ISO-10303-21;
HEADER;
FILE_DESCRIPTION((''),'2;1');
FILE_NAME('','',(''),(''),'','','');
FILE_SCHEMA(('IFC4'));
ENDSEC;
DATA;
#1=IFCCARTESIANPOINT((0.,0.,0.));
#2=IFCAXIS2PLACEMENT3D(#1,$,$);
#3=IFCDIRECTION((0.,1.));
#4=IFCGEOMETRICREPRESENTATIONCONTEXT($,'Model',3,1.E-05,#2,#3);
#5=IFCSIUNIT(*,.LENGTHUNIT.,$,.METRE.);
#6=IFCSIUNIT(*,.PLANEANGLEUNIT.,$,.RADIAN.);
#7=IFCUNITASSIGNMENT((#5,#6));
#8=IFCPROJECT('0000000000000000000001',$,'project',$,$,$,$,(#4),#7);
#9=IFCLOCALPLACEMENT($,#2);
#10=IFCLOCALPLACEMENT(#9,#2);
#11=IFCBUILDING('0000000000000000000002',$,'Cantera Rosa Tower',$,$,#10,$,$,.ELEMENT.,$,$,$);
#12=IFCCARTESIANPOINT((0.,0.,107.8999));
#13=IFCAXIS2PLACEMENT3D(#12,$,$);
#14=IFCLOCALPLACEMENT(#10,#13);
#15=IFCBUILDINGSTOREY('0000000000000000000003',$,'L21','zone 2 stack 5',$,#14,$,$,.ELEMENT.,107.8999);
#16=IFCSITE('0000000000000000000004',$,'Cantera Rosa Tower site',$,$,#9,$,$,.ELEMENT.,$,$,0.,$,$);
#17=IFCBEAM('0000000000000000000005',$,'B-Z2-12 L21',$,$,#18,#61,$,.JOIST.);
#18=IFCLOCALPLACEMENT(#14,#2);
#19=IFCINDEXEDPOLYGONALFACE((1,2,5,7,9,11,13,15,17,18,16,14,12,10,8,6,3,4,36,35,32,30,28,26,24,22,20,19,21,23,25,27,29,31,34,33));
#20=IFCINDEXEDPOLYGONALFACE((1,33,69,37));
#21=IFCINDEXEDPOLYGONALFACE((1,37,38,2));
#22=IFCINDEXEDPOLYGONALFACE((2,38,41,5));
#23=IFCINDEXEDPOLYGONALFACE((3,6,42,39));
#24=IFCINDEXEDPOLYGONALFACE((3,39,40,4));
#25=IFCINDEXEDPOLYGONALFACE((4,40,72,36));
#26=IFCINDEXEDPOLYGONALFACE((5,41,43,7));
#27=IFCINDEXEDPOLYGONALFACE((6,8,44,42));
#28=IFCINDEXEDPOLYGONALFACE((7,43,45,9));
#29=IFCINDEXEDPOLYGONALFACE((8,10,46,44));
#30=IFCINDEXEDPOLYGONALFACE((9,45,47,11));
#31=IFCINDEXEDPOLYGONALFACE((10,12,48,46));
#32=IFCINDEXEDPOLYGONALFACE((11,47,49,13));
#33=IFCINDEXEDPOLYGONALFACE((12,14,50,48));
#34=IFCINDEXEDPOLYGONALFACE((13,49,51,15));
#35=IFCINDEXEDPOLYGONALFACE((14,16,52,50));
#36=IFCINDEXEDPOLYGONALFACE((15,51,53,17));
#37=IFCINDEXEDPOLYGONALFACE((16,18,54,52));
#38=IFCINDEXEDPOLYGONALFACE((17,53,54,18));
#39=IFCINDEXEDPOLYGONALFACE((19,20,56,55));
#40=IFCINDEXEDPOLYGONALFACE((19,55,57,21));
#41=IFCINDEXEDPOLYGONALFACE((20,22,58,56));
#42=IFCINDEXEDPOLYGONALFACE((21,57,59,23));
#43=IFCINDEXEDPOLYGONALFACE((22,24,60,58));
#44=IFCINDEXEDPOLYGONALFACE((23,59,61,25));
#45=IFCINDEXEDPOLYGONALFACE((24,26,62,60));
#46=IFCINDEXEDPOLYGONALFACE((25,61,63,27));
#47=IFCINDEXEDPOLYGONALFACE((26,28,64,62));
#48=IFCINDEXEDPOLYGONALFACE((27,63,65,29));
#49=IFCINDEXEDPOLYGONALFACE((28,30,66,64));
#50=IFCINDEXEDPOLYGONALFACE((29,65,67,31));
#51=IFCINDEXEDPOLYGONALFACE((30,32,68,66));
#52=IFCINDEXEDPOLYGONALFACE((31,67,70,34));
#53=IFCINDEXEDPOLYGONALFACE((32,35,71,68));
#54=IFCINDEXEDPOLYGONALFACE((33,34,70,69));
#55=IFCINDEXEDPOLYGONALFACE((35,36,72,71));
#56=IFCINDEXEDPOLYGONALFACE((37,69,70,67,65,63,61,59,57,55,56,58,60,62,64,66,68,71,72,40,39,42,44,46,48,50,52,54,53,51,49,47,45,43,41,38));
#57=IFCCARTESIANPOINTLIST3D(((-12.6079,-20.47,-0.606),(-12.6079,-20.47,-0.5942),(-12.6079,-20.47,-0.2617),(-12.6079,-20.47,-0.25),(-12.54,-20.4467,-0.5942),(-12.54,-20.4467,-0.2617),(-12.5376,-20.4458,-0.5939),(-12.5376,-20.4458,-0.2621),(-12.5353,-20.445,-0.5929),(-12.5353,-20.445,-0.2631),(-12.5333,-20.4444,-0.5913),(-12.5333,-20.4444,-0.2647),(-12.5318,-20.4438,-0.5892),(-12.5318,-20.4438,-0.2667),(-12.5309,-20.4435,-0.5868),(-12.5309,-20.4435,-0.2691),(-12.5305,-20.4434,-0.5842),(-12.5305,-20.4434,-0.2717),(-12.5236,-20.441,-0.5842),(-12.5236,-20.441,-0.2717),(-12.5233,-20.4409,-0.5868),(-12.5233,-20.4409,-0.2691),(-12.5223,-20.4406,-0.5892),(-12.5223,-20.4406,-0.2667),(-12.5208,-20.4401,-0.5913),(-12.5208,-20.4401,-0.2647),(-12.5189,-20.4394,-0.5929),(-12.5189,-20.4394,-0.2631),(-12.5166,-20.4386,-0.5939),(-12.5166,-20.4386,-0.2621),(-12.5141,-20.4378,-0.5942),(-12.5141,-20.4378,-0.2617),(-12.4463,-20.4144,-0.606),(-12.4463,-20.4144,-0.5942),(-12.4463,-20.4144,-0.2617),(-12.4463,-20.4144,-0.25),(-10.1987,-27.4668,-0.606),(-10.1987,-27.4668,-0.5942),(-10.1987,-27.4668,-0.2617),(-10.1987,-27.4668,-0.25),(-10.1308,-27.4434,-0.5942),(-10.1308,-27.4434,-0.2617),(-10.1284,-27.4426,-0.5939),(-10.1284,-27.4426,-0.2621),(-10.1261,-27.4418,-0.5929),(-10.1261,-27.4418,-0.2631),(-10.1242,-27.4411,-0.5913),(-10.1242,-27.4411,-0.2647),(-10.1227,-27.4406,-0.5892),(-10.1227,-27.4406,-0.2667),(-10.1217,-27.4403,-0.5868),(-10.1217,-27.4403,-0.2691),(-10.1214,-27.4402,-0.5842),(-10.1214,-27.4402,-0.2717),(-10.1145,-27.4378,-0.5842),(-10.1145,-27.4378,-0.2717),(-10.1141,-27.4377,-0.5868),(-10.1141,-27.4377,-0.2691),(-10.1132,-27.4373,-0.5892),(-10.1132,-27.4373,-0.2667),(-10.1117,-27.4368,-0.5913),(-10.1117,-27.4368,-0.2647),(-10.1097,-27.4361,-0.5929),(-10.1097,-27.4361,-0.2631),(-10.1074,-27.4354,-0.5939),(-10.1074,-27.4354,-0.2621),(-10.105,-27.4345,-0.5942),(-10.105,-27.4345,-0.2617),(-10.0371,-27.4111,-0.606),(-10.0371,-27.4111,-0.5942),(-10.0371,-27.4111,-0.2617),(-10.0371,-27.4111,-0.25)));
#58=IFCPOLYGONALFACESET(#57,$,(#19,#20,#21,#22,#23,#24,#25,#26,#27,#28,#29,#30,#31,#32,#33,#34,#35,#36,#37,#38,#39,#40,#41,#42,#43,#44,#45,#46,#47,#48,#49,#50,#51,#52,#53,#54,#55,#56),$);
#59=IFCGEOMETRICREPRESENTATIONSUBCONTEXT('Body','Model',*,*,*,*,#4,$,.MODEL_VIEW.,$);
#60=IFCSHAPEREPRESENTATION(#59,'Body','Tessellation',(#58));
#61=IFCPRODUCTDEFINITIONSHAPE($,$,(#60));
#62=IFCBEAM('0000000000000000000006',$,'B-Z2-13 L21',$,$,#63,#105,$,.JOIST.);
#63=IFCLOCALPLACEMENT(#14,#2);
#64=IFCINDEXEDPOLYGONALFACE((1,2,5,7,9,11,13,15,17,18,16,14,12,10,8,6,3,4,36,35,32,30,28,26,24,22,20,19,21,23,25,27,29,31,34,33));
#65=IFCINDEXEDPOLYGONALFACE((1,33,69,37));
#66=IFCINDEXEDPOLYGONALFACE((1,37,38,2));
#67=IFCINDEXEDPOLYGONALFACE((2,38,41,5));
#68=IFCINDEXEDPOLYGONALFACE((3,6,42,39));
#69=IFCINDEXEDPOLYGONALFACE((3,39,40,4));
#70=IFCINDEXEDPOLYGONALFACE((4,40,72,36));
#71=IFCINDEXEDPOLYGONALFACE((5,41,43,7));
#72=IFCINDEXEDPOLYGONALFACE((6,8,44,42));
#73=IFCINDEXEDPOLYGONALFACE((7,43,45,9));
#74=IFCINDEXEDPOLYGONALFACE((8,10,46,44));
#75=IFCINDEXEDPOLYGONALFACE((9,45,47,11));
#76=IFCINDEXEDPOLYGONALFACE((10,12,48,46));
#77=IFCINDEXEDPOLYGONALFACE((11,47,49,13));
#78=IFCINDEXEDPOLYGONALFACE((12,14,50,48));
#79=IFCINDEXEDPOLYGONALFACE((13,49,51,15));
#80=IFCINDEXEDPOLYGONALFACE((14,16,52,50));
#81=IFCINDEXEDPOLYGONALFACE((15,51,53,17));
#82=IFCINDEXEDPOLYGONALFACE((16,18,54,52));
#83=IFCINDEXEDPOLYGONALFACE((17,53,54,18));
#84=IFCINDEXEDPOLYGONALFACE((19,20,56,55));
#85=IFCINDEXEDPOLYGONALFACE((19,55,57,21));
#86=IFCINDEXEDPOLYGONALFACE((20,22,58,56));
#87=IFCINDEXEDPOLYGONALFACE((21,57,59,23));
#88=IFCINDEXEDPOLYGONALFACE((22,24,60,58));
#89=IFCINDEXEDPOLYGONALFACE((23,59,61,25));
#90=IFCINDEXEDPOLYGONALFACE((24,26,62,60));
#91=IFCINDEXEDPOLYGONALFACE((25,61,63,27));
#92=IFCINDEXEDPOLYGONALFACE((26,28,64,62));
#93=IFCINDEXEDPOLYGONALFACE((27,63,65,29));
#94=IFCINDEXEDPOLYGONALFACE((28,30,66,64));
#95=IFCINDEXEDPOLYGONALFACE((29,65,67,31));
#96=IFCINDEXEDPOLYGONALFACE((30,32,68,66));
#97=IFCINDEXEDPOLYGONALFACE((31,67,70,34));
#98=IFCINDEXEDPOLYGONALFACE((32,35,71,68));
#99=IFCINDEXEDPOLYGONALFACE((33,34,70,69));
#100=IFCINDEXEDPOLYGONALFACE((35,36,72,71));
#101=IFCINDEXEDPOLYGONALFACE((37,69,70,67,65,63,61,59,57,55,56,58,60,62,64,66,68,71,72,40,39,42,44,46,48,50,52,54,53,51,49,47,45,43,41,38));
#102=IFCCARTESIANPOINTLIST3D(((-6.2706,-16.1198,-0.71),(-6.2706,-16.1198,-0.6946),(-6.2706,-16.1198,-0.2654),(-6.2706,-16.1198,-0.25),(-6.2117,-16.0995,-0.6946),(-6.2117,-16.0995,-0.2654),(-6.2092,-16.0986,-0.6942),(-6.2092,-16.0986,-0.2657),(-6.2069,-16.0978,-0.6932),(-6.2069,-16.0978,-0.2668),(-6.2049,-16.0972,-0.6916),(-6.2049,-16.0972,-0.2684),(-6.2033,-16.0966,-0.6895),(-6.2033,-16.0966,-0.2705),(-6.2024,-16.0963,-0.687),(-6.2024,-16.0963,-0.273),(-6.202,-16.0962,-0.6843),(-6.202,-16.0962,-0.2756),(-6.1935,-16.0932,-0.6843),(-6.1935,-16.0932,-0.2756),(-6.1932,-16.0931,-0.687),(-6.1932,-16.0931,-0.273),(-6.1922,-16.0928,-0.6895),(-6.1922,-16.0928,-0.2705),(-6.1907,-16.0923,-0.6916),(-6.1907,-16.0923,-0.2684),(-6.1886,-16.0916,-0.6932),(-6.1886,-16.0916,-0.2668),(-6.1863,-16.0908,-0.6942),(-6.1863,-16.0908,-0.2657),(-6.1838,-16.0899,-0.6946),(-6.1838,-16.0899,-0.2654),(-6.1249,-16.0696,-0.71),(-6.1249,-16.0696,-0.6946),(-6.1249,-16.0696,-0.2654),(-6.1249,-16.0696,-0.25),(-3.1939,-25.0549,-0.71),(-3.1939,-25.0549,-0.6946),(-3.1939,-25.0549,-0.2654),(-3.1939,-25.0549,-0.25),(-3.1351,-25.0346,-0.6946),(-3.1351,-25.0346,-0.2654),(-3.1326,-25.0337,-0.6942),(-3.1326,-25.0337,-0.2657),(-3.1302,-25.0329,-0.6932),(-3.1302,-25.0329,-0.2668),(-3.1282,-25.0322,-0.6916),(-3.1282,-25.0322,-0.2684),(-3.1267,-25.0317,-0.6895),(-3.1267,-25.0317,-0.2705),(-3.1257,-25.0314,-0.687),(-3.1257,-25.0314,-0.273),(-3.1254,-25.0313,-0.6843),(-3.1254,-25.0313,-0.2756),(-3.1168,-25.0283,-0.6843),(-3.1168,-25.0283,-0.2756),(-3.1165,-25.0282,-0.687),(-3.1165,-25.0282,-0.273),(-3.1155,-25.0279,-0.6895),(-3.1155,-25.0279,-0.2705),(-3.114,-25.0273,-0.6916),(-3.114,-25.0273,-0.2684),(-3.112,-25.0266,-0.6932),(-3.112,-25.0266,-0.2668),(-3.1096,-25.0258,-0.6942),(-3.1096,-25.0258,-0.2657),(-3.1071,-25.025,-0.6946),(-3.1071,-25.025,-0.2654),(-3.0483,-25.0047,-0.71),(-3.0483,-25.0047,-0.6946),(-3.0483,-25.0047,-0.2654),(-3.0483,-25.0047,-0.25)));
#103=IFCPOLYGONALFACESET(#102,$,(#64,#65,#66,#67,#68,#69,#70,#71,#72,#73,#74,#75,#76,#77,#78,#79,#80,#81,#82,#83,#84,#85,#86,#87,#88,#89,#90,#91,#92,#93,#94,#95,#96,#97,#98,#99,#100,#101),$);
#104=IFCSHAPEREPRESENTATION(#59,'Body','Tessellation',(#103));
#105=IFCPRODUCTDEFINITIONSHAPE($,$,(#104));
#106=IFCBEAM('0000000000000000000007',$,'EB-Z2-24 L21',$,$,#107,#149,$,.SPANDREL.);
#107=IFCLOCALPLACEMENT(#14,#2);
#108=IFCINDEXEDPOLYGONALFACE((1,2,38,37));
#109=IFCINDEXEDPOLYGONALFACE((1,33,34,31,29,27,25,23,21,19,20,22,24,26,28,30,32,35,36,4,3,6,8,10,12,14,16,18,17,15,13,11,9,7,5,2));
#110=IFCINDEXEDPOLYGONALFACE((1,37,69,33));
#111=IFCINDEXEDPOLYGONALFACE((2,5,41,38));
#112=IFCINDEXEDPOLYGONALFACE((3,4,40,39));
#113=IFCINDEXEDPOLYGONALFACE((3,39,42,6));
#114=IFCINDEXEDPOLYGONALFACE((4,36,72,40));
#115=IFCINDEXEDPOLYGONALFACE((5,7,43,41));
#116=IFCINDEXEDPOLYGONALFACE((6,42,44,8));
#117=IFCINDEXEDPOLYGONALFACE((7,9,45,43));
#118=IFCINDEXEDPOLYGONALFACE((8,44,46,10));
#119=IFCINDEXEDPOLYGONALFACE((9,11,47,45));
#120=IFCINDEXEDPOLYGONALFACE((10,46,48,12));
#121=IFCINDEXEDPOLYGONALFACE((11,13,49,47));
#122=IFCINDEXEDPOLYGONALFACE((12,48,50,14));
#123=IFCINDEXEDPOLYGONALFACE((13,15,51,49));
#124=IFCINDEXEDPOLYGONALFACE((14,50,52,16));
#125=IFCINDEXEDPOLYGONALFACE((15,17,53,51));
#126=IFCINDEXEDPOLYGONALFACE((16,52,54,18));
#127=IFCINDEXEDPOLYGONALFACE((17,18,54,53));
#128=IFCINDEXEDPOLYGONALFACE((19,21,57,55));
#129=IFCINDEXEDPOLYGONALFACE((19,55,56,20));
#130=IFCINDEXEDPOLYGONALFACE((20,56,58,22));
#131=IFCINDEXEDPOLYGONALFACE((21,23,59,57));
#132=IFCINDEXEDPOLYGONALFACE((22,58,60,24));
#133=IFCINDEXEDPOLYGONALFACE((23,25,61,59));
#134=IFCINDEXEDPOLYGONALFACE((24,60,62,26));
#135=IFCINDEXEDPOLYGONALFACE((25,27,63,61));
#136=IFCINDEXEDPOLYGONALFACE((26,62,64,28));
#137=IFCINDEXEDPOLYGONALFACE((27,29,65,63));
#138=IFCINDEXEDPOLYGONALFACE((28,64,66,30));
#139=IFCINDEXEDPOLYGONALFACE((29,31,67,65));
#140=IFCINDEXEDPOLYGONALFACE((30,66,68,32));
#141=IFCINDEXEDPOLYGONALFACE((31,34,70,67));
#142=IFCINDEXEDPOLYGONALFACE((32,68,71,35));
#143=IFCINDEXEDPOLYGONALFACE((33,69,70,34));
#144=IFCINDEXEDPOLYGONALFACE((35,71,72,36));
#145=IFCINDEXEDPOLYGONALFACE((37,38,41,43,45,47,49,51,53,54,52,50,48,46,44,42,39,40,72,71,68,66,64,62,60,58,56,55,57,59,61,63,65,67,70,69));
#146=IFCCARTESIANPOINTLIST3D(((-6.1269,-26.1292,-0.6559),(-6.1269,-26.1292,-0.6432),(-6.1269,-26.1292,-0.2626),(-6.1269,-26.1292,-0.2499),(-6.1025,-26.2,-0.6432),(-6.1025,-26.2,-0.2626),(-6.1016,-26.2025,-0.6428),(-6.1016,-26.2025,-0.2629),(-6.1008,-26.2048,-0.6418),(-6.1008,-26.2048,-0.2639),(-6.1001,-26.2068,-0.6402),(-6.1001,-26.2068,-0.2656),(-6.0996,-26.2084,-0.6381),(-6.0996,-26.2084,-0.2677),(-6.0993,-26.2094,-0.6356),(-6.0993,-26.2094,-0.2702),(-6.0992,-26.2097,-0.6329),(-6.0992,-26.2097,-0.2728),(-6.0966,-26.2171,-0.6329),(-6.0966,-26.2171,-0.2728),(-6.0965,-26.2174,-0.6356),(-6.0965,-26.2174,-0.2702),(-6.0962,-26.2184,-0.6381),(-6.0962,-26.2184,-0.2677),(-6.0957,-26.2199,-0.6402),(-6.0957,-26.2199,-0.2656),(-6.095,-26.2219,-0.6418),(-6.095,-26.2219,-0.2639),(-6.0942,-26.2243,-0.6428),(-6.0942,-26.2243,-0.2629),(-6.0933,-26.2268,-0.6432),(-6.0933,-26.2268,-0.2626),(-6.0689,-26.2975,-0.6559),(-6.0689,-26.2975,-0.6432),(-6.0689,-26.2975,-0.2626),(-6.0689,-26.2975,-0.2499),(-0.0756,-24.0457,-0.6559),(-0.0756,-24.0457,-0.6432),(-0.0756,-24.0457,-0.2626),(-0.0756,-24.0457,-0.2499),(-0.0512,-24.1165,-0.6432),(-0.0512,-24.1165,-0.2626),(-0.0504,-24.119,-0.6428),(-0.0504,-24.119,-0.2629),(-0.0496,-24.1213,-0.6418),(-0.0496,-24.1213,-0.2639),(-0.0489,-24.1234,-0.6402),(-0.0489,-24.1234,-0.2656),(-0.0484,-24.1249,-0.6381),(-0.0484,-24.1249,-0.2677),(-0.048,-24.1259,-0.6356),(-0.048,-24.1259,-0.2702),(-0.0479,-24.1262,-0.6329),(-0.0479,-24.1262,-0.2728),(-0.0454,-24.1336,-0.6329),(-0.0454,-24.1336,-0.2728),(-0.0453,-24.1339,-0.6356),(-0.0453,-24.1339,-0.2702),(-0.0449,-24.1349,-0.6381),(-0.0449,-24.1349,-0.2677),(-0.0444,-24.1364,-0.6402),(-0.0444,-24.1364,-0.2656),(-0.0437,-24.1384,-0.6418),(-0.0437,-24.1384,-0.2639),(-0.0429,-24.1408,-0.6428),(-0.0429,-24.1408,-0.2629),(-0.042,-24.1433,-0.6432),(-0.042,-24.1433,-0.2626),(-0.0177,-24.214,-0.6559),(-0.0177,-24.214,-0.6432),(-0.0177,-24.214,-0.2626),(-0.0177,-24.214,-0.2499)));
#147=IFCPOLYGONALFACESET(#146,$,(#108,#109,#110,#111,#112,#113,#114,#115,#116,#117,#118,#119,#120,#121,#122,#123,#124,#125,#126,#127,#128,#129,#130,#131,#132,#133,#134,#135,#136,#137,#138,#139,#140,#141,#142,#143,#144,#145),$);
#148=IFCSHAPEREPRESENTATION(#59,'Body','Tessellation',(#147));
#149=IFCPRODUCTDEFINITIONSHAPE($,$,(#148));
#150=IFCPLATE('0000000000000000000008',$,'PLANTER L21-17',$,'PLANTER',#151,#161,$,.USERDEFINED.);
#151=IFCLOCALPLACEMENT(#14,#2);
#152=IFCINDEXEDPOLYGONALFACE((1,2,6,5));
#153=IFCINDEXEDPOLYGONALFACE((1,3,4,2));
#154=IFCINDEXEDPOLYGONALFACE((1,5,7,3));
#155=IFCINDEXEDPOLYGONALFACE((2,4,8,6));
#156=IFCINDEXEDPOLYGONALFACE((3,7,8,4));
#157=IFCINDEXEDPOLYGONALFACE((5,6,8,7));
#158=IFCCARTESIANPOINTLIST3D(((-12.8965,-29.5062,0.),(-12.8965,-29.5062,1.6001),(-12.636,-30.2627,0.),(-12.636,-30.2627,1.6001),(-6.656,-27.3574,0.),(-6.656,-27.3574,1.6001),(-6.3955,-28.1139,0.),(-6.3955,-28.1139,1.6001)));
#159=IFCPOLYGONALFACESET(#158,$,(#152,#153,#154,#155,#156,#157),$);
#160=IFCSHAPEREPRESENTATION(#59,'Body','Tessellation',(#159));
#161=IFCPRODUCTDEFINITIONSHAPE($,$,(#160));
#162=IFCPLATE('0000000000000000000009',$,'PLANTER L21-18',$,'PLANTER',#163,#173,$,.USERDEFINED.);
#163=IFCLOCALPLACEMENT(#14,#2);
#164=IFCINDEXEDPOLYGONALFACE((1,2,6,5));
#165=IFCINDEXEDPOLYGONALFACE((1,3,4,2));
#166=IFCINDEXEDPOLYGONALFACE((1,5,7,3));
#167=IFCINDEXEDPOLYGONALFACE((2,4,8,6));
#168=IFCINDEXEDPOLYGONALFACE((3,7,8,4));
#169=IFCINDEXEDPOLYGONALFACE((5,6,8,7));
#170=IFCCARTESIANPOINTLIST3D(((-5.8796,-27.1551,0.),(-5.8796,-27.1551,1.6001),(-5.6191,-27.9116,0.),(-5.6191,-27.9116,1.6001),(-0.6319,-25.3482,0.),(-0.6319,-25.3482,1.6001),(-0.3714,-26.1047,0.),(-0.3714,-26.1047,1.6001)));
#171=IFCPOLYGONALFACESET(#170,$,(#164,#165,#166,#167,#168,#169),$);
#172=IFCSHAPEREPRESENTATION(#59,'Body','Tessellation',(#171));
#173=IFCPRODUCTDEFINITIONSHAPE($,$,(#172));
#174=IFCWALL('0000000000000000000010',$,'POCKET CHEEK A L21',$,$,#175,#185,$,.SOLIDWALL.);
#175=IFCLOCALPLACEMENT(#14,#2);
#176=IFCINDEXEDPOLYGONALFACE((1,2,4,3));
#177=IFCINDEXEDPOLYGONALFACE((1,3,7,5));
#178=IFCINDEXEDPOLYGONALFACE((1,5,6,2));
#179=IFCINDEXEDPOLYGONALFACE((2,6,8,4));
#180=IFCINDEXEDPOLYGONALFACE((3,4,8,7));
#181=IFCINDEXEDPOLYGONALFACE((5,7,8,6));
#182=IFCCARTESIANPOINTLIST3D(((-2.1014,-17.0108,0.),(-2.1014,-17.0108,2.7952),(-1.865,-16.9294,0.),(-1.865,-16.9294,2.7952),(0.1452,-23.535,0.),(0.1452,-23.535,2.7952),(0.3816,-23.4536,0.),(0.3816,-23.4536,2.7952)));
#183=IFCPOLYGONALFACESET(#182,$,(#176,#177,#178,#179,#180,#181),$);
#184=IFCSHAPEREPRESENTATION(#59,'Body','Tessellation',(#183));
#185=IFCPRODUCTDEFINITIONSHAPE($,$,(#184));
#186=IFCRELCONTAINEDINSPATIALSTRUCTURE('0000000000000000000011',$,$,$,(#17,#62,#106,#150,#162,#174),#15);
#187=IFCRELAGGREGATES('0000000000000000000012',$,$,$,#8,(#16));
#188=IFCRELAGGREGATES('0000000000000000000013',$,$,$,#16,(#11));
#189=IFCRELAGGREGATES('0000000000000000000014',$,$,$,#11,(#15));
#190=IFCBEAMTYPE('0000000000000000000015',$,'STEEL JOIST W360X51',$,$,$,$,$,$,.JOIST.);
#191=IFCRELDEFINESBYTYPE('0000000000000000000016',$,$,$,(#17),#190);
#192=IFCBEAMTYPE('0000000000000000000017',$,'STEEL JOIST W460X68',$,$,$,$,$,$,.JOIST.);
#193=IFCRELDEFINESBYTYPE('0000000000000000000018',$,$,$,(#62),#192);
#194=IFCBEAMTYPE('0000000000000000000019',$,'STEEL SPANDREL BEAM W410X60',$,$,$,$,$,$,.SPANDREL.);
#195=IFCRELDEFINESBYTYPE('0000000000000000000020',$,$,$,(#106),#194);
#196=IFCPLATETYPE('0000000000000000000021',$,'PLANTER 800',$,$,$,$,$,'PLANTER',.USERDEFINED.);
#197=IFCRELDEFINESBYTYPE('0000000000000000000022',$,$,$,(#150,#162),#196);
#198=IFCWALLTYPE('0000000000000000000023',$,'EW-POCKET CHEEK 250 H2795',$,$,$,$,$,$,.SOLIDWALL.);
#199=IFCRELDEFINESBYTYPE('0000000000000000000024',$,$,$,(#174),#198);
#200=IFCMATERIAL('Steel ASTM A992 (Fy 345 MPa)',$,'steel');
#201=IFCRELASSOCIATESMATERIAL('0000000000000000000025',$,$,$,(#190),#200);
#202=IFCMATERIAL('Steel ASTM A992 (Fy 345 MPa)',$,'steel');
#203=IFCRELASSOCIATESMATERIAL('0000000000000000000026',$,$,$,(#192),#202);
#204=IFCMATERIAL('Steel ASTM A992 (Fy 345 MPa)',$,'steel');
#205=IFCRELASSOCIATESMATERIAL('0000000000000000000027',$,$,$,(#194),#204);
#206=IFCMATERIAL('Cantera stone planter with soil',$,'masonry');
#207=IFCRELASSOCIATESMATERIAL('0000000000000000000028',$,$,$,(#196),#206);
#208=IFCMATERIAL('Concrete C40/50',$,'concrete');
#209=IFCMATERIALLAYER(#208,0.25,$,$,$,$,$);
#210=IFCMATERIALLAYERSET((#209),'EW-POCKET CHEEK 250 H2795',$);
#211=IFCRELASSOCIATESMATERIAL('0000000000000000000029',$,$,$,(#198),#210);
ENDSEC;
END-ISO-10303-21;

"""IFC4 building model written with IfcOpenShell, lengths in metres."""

from ifc_helpers import new_model, si_unit, direction, frame, frame_2d, origin, origin_2d, place, context, subcontext, project, spatial, rectangle, i_section, extrude, material, layer, layer_set, material_profile, profile_set, type_object, element, save


model = new_model("IFC4")

# Units and contexts
model_context = context("Model", 3, precision=1e-05, world=origin(), true_north=direction((0.0, 1.0)))
body_context = subcontext(model_context, "Body", "Model", "MODEL_VIEW")
ifc_project = project(units=[si_unit("LENGTHUNIT", "METRE"), si_unit("PLANEANGLEUNIT", "RADIAN")], contexts=[model_context])

# Site, building, storey
site_placement = place(None, origin())
site = spatial("IfcSite", under=ifc_project, at=site_placement, Name="Cantera Rosa Tower site", CompositionType="ELEMENT", RefElevation=0.0)
building_placement = place(site_placement, origin())
building = spatial("IfcBuilding", under=site, at=building_placement, Name="Cantera Rosa Tower", CompositionType="ELEMENT")
storey_placement = place(building_placement, frame((0.0, 0.0, 107.8999)))
storey = spatial("IfcBuildingStorey", under=building, at=storey_placement, Name="L21", Description="zone 2 stack 5", CompositionType="ELEMENT", Elevation=107.8999)

# Beams
ifc_material_1 = material(Name="Steel ASTM A992 (Fy 345 MPa)", Category="steel")
ifc_material_profile_1 = material_profile(ifc_material_1, i_section(OverallWidth=0.1709, OverallDepth=0.356, WebThickness=0.0073, FlangeThickness=0.0117, FilletRadius=0.01, at=origin_2d()), Name="W360X51")
ifc_profile_set_1 = profile_set([ifc_material_profile_1], Name="Steel ASTM A992 (Fy 345 MPa)")
beam_type_1 = type_object("IfcBeamType", Name="STEEL JOIST W360X51", PredefinedType="JOIST", material=ifc_profile_set_1)
beam_1_placement = place(storey_placement, frame((-10.1179, -27.439, -0.428), z_axis=(-0.325566, 0.945519, 0.0), x_axis=(-0.945519, -0.325566, 0.0)))
element("IfcBeam", 1, at=beam_1_placement, inside=storey, type_object=beam_type_1, Name="B-Z2-12 L21", PredefinedType="JOIST", context=body_context, shape_type="SweptSolid", body=[
    extrude(i_section(OverallWidth=0.1709, OverallDepth=0.356, WebThickness=0.0073, FlangeThickness=0.0117, FilletRadius=0.01, at=origin_2d()), origin(), (0.0, 0.0, 1.0), 7.3999),
])
ifc_material_2 = material(Name="Steel ASTM A992 (Fy 345 MPa)", Category="steel")
ifc_material_profile_2 = material_profile(ifc_material_2, i_section(OverallWidth=0.1541, OverallDepth=0.46, WebThickness=0.009, FlangeThickness=0.0154, FilletRadius=0.0103, at=origin_2d()), Name="W460X68")
ifc_profile_set_2 = profile_set([ifc_material_profile_2], Name="Steel ASTM A992 (Fy 345 MPa)")
beam_type_2 = type_object("IfcBeamType", Name="STEEL JOIST W460X68", PredefinedType="JOIST", material=ifc_profile_set_2)
beam_2_placement = place(storey_placement, frame((-3.1211, -25.0298, -0.48), z_axis=(-0.325575, 0.945516, 0.0), x_axis=(-0.945516, -0.325575, 0.0)))
element("IfcBeam", 2, at=beam_2_placement, inside=storey, type_object=beam_type_2, Name="B-Z2-13 L21", PredefinedType="JOIST", context=body_context, shape_type="SweptSolid", body=[
    extrude(i_section(OverallWidth=0.1541, OverallDepth=0.46, WebThickness=0.009, FlangeThickness=0.0154, FilletRadius=0.0103, at=origin_2d()), origin(), (0.0, 0.0, 1.0), 9.45),
])
ifc_material_3 = material(Name="Steel ASTM A992 (Fy 345 MPa)", Category="steel")
ifc_material_profile_3 = material_profile(ifc_material_3, i_section(OverallWidth=0.178, OverallDepth=0.406, WebThickness=0.0078, FlangeThickness=0.0127, FilletRadius=0.0103, at=origin_2d()), Name="W410X60")
ifc_profile_set_3 = profile_set([ifc_material_profile_3], Name="Steel ASTM A992 (Fy 345 MPa)")
beam_type_3 = type_object("IfcBeamType", Name="STEEL SPANDREL BEAM W410X60", PredefinedType="SPANDREL", material=ifc_profile_set_3)
beam_3_placement = place(storey_placement, frame((-6.0979, -26.2134, -0.4529), z_axis=(0.945524, 0.325551, 0.0), x_axis=(-0.325551, 0.945524, 0.0)))
element("IfcBeam", 3, at=beam_3_placement, inside=storey, type_object=beam_type_3, Name="EB-Z2-24 L21", PredefinedType="SPANDREL", context=body_context, shape_type="SweptSolid", body=[
    extrude(i_section(OverallWidth=0.178, OverallDepth=0.406, WebThickness=0.0078, FlangeThickness=0.0127, FilletRadius=0.0103, at=origin_2d()), origin(), (0.0, 0.0, 1.0), 6.3999),
])

# Plates
ifc_material_4 = material(Name="Cantera stone planter with soil", Category="masonry")
plate_type = type_object("IfcPlateType", Name="PLANTER 800", ElementType="PLANTER", PredefinedType="USERDEFINED", material=ifc_material_4)
plate_1_placement = place(storey_placement, frame((-9.646, -28.8101, 0.0), z_axis=(0.0, 0.0, 1.0), x_axis=(0.945519, 0.325568, 0.0)))
element("IfcPlate", 4, at=plate_1_placement, inside=storey, type_object=plate_type, Name="PLANTER L21-17", ObjectType="PLANTER", PredefinedType="USERDEFINED", context=body_context, shape_type="SweptSolid", body=[
    extrude(rectangle(XDim=6.6001, YDim=0.8, at=origin_2d()), origin(), (0.0, 0.0, 1.0), 1.6001),
])
plate_2_placement = place(storey_placement, frame((-3.1255, -26.6299, 0.0), z_axis=(0.0, 0.0, 1.0), x_axis=(0.945519, 0.325568, 0.0)))
element("IfcPlate", 5, at=plate_2_placement, inside=storey, type_object=plate_type, Name="PLANTER L21-18", ObjectType="PLANTER", PredefinedType="USERDEFINED", context=body_context, shape_type="SweptSolid", body=[
    extrude(rectangle(XDim=5.55, YDim=0.8, at=origin_2d()), origin(), (0.0, 0.0, 1.0), 1.6001),
])

# Wall
ifc_material_5 = material(Name="Concrete C40/50", Category="concrete")
ifc_layer_1 = layer(ifc_material_5, 0.25)
ifc_layer_set_1 = layer_set([ifc_layer_1], Name="EW-POCKET CHEEK 250 H2795")
wall_type_1 = type_object("IfcWallType", Name="EW-POCKET CHEEK 250 H2795", PredefinedType="SOLIDWALL", material=ifc_layer_set_1)
wall_1_placement = place(storey_placement, frame((0.2634, -23.4944, 0.0), z_axis=(0.0, 0.0, 1.0), x_axis=(-0.325585, 0.945513, 0.0)))
element("IfcWall", 6, at=wall_1_placement, inside=storey, type_object=wall_type_1, Name="POCKET CHEEK A L21", PredefinedType="SOLIDWALL", context=body_context, shape_type="SweptSolid", body=[
    extrude(rectangle(XDim=6.9001, YDim=0.25, at=frame_2d((3.4502, 0.0))), origin(), (0.0, 0.0, 1.0), 2.7952),
])

save(model, "model.ifc")
